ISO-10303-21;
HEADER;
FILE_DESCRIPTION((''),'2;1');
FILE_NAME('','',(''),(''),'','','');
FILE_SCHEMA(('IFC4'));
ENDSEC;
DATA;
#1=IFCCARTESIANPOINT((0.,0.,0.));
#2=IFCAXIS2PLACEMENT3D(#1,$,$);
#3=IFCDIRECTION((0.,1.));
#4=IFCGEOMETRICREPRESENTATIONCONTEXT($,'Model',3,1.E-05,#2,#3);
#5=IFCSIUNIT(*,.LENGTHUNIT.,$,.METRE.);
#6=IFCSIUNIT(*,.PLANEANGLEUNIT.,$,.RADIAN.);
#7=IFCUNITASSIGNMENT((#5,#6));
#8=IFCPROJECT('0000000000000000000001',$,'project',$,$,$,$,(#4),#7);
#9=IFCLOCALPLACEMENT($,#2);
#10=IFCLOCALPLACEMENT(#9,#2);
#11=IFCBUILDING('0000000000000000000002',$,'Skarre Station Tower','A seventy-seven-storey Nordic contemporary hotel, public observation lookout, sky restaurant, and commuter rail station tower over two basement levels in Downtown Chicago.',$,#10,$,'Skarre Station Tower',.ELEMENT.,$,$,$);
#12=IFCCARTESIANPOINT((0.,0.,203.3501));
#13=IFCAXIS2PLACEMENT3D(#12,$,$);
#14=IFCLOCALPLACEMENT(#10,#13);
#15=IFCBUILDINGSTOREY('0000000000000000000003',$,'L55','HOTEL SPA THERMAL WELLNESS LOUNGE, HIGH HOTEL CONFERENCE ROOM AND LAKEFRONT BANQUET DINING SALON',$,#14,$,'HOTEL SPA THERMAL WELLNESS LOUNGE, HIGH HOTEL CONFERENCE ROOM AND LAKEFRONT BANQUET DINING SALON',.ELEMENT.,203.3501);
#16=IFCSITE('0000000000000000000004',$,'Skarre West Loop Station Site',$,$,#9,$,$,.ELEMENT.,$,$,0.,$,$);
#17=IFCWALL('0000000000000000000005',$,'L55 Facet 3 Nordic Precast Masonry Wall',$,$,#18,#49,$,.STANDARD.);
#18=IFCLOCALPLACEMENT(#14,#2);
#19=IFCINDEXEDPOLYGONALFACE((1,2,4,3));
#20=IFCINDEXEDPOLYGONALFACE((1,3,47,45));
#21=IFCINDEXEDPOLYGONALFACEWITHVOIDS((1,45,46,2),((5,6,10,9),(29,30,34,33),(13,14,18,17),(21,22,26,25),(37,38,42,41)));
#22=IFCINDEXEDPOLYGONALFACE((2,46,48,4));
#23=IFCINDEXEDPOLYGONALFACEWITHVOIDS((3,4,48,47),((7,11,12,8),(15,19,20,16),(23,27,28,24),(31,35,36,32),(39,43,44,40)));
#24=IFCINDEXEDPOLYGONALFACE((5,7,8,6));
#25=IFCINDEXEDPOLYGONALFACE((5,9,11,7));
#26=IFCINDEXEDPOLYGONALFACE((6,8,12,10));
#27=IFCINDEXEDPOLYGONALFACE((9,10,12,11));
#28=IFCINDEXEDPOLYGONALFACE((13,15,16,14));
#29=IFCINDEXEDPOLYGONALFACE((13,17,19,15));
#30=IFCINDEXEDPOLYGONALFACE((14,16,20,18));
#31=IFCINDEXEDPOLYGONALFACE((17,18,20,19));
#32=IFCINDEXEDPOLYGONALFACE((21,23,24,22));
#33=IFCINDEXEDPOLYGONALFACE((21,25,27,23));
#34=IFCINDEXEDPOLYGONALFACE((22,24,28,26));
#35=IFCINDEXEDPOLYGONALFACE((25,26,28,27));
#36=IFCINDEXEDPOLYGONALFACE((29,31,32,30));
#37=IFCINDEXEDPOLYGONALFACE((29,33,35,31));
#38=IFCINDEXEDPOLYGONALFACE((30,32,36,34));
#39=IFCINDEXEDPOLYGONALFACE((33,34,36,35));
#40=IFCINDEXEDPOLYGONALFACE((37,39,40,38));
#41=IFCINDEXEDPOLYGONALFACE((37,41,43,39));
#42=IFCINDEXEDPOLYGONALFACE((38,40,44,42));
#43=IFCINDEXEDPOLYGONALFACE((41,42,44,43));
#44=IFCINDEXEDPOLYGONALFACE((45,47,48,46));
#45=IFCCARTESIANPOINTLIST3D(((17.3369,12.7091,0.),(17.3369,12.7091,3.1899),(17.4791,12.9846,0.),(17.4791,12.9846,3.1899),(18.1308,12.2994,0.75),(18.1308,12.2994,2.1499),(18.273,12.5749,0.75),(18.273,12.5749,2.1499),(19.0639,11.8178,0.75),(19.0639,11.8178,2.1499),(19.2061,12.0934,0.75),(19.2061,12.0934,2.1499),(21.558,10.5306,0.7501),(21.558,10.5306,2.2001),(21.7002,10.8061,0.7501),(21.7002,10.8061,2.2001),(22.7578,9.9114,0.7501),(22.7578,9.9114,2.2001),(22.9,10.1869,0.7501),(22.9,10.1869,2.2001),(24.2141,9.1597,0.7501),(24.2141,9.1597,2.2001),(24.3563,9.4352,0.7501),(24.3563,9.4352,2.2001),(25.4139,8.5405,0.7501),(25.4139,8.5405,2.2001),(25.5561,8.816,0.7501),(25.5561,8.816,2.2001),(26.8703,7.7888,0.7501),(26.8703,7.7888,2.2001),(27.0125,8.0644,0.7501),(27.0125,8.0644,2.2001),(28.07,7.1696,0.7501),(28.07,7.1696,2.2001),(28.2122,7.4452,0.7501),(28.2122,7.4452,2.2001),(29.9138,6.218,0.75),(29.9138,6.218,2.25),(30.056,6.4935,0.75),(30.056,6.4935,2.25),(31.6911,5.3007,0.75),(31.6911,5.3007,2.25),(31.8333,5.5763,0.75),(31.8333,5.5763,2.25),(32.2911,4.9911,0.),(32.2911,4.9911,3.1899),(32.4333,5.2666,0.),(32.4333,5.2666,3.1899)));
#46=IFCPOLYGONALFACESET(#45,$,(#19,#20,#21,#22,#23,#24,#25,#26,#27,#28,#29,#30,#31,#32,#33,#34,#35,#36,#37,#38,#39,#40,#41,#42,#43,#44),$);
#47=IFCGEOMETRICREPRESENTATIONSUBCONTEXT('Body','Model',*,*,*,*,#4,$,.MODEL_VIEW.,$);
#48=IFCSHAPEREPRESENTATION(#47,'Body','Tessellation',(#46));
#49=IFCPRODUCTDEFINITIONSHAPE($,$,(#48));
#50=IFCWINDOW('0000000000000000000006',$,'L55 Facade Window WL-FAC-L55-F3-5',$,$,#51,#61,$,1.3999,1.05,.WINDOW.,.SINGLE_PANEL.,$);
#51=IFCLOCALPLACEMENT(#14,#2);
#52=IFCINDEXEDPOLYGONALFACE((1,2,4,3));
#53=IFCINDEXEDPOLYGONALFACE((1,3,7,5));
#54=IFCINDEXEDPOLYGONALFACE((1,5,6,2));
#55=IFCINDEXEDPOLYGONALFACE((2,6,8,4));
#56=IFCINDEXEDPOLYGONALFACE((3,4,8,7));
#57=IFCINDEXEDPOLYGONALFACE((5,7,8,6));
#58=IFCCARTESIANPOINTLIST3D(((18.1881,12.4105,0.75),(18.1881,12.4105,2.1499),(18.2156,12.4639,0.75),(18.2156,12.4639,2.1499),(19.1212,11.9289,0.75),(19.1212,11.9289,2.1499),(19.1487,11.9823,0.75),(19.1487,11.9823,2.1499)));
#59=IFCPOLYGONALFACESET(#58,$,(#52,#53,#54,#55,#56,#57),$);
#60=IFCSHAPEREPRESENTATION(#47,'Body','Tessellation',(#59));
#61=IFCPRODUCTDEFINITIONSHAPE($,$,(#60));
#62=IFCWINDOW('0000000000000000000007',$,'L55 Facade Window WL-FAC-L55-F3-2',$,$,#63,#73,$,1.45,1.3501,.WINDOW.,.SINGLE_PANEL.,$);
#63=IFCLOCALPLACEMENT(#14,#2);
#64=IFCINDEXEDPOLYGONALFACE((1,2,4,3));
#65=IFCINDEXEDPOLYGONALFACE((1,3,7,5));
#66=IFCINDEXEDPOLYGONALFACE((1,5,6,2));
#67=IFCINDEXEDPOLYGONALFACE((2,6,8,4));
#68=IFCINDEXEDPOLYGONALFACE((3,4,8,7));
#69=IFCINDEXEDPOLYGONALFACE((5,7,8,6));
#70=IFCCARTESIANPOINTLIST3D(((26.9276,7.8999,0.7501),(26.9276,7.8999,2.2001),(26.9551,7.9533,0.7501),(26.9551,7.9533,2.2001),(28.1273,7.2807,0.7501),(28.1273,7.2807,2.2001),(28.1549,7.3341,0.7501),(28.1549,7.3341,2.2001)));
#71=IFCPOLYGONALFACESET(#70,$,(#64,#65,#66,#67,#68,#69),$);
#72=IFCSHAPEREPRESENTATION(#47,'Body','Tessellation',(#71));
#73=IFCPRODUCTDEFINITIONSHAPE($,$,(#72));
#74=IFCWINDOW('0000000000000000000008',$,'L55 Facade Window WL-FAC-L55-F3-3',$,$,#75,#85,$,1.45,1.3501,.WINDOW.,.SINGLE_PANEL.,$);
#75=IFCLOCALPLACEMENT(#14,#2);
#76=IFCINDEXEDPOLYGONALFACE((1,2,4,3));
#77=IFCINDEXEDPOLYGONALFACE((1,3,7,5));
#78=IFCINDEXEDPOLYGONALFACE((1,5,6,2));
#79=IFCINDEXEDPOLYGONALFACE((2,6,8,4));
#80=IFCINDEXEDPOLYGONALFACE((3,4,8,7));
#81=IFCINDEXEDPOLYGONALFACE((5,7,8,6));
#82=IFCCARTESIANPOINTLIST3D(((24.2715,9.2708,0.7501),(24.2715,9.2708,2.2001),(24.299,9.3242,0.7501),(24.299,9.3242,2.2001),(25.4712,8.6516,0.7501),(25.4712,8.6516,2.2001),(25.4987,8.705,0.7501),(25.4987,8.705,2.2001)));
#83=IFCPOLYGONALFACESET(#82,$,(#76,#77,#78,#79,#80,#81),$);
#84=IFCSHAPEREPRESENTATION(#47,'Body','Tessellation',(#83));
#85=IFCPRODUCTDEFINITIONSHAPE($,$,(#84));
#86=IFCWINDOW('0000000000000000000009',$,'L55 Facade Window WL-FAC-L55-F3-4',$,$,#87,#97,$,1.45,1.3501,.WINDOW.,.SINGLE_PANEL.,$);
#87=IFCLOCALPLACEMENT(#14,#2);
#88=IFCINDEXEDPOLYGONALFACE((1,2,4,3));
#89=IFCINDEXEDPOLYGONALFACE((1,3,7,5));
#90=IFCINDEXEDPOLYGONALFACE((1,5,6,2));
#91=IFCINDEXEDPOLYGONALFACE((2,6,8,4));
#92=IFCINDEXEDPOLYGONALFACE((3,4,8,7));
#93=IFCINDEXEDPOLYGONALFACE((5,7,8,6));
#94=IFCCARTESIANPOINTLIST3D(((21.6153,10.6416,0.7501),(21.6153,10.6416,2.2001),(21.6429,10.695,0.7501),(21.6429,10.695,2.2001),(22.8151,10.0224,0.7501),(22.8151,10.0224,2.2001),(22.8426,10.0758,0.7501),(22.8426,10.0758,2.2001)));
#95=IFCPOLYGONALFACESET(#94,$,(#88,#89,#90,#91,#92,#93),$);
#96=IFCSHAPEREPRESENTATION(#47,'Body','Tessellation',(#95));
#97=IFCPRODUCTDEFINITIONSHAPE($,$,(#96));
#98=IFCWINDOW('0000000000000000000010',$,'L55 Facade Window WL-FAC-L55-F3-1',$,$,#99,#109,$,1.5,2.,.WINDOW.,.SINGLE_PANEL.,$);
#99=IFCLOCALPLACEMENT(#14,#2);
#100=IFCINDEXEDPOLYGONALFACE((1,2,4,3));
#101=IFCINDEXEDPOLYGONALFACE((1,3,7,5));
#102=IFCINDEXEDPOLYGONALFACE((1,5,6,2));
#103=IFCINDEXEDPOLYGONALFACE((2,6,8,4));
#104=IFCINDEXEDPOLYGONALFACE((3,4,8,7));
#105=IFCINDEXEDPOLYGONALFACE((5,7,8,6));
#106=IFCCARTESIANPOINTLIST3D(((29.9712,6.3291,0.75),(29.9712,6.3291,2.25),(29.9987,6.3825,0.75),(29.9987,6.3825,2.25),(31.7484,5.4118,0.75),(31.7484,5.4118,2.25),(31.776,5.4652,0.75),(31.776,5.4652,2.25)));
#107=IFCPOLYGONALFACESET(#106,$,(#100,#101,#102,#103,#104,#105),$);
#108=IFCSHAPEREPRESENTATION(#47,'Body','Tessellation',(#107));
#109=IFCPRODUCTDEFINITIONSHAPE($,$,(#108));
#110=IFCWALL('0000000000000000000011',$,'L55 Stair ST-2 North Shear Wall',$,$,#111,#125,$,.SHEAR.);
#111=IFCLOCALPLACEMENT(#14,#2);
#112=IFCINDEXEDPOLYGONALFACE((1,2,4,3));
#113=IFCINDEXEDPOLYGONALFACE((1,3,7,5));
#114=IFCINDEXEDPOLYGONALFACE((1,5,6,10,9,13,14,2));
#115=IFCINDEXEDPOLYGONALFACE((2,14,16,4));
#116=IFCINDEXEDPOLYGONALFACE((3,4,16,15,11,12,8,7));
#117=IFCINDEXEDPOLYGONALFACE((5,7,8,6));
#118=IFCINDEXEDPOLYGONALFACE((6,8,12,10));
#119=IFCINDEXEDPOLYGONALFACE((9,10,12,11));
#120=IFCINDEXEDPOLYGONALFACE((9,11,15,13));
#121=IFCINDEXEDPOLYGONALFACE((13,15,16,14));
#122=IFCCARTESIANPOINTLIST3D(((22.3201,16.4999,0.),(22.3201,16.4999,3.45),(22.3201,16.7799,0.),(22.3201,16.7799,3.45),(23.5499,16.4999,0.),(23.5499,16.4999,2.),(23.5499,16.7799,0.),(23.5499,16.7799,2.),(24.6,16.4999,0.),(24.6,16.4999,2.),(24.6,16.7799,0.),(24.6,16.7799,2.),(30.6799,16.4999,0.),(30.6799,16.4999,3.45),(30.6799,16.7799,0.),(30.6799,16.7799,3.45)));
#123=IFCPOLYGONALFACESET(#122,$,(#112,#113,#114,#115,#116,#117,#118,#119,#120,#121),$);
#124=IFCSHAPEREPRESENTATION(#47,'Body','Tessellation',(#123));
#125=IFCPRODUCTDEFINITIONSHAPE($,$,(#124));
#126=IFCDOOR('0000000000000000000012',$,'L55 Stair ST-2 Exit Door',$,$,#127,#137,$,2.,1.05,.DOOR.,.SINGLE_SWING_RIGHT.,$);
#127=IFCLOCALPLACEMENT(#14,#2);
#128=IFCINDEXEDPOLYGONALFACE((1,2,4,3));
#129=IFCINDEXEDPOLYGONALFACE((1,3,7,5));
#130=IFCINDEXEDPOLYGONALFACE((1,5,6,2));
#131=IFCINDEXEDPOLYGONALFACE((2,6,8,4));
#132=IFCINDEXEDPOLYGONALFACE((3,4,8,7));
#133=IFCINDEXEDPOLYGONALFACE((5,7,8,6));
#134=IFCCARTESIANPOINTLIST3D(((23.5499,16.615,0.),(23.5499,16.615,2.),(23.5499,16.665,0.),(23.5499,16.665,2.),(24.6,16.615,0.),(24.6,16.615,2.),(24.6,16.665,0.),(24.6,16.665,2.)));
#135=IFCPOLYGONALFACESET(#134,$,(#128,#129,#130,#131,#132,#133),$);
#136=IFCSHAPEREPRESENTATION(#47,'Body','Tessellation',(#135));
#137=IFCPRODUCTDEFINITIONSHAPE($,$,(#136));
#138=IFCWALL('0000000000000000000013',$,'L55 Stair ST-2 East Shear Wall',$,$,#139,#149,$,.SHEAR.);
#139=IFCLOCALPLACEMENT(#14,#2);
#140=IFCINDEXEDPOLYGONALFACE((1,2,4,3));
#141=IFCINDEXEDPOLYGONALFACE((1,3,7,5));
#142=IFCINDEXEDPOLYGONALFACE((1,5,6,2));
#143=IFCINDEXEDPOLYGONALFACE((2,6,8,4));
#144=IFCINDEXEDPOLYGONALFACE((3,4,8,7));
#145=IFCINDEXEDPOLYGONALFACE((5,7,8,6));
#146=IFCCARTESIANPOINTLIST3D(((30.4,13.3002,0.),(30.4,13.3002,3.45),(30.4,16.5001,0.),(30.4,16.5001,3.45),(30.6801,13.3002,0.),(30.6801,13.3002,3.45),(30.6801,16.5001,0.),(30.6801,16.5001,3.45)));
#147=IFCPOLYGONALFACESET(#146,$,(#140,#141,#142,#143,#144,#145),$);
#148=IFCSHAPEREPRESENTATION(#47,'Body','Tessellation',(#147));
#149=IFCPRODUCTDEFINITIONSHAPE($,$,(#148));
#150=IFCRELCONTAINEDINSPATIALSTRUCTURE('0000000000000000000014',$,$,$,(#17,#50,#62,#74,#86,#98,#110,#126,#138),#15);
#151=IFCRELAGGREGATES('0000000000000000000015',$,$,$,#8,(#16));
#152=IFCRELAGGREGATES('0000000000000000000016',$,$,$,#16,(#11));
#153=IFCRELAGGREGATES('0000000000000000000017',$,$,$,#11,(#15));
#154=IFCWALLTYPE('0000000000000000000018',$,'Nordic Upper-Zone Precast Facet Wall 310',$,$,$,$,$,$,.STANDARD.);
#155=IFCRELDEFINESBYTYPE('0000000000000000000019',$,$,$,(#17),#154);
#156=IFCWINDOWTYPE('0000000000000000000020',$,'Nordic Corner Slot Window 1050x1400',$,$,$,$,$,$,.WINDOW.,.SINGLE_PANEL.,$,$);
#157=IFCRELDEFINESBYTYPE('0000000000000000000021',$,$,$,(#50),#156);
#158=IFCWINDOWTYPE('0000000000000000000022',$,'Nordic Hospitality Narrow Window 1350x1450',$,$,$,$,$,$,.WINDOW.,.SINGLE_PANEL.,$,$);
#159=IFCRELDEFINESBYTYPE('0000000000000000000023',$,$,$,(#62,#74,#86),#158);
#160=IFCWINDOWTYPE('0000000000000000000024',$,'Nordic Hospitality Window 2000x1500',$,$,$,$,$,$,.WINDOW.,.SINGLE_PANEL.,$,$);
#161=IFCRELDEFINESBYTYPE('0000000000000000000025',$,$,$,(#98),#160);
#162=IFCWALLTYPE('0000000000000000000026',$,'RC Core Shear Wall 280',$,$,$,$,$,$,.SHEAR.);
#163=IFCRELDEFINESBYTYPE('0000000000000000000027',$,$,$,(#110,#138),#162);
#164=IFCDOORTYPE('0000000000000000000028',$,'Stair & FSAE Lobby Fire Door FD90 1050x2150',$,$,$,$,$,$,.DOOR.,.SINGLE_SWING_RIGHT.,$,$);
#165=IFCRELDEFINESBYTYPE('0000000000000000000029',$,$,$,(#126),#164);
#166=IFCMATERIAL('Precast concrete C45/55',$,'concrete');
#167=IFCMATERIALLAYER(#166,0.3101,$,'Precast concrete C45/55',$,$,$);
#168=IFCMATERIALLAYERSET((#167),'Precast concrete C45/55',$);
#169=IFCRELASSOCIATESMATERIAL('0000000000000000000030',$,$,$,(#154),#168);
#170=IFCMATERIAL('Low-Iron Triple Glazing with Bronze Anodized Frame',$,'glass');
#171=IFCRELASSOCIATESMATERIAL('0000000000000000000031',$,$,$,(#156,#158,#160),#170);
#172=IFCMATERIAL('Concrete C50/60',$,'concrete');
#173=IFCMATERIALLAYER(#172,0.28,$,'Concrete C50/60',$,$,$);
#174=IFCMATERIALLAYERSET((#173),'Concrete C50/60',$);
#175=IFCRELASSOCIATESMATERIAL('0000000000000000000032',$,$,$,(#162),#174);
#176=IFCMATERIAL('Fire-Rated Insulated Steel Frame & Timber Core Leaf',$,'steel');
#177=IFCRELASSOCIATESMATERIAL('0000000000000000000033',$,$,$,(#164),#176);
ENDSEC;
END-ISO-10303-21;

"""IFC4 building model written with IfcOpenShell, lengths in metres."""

from ifc_helpers import new_model, si_unit, direction, frame, frame_2d, origin, place, context, subcontext, project, spatial, rectangle, extrude, material, layer, layer_set, type_object, element, fill, save


model = new_model("IFC4")

# Units and contexts
model_context = context("Model", 3, precision=1e-05, world=origin(), true_north=direction((0.0, 1.0)))
body_context = subcontext(model_context, "Body", "Model", "MODEL_VIEW")
ifc_project = project(units=[si_unit("LENGTHUNIT", "METRE"), si_unit("PLANEANGLEUNIT", "RADIAN")], contexts=[model_context])

# Site, building, storey
site_placement = place(None, origin())
site = spatial("IfcSite", under=ifc_project, at=site_placement, Name="Skarre West Loop Station Site", CompositionType="ELEMENT", RefElevation=0.0)
building_placement = place(site_placement, origin())
building = spatial("IfcBuilding", under=site, at=building_placement, Name="Skarre Station Tower", Description="A seventy-seven-storey Nordic contemporary hotel, public observation lookout, sky restaurant, and commuter rail station tower over two basement levels in Downtown Chicago.", LongName="Skarre Station Tower", CompositionType="ELEMENT")
storey_placement = place(building_placement, frame((0.0, 0.0, 203.3501)))
storey = spatial("IfcBuildingStorey", under=building, at=storey_placement, Name="L55", Description="HOTEL SPA THERMAL WELLNESS LOUNGE, HIGH HOTEL CONFERENCE ROOM AND LAKEFRONT BANQUET DINING SALON", LongName="HOTEL SPA THERMAL WELLNESS LOUNGE, HIGH HOTEL CONFERENCE ROOM AND LAKEFRONT BANQUET DINING SALON", CompositionType="ELEMENT", Elevation=203.3501)

# Shared definitions
ifc_material_1 = material(Name="Concrete C50/60", Category="concrete")

# Shared definitions
ifc_material_2 = material(Name="Precast concrete C45/55", Category="concrete")

# Wall, openings, windows
ifc_layer_1 = layer(ifc_material_2, 0.3101, Name="Precast concrete C45/55")
ifc_layer_set_1 = layer_set([ifc_layer_1], Name="Precast concrete C45/55")
wall_type_1 = type_object("IfcWallType", Name="Nordic Upper-Zone Precast Facet Wall 310", PredefinedType="STANDARD", material=ifc_layer_set_1)
wall_1_placement = place(storey_placement, frame((32.3621, 5.1289, 0.0), z_axis=(0.0, 0.0, 1.0), x_axis=(-0.888626, 0.458632, 0.0)))
wall_1 = element("IfcWall", 1, at=wall_1_placement, inside=storey, type_object=wall_type_1, Name="L55 Facet 3 Nordic Precast Masonry Wall", PredefinedType="STANDARD", context=body_context, shape_type="SweptSolid", body=[
    extrude(rectangle(XDim=16.8284, YDim=0.3101, at=frame_2d((8.4141, 0.0))), origin(), (0.0, 0.0, 1.0), 3.1899),
])
opening_1_placement = place(wall_1_placement, frame((0.675, 0.0, 0.75)))
opening_1 = element("IfcOpeningElement", 2, at=opening_1_placement, cuts=wall_1, PredefinedType="OPENING", context=body_context, shape_type="SweptSolid", body=[
    extrude(rectangle(XDim=2.0, YDim=1.5, at=frame_2d((1.0, 0.75))), frame((0.0, 0.165, 0.0), z_axis=(0.0, -1.0, 0.0), x_axis=(1.0, 0.0, 0.0)), (0.0, 0.0, 1.0), 0.3301),
])
opening_2_placement = place(wall_1_placement, frame((4.75, 0.0, 0.75)))
opening_2 = element("IfcOpeningElement", 3, at=opening_2_placement, cuts=wall_1, PredefinedType="OPENING", context=body_context, shape_type="SweptSolid", body=[
    extrude(rectangle(XDim=1.3501, YDim=1.45, at=frame_2d((0.675, 0.7251))), frame((0.0, 0.165, 0.0), z_axis=(0.0, -1.0, 0.0), x_axis=(1.0, 0.0, 0.0)), (0.0, 0.0, 1.0), 0.3301),
])
opening_3_placement = place(wall_1_placement, frame((7.739, 0.0, 0.75)))
opening_3 = element("IfcOpeningElement", 4, at=opening_3_placement, cuts=wall_1, PredefinedType="OPENING", context=body_context, shape_type="SweptSolid", body=[
    extrude(rectangle(XDim=1.3501, YDim=1.45, at=frame_2d((0.675, 0.7251))), frame((0.0, 0.165, 0.0), z_axis=(0.0, -1.0, 0.0), x_axis=(1.0, 0.0, 0.0)), (0.0, 0.0, 1.0), 0.3301),
])
opening_4_placement = place(wall_1_placement, frame((10.728, 0.0, 0.75)))
opening_4 = element("IfcOpeningElement", 5, at=opening_4_placement, cuts=wall_1, PredefinedType="OPENING", context=body_context, shape_type="SweptSolid", body=[
    extrude(rectangle(XDim=1.3501, YDim=1.45, at=frame_2d((0.675, 0.7251))), frame((0.0, 0.165, 0.0), z_axis=(0.0, -1.0, 0.0), x_axis=(1.0, 0.0, 0.0)), (0.0, 0.0, 1.0), 0.3301),
])
opening_5_placement = place(wall_1_placement, frame((14.885, 0.0, 0.75)))
opening_5 = element("IfcOpeningElement", 6, at=opening_5_placement, cuts=wall_1, PredefinedType="OPENING", context=body_context, shape_type="SweptSolid", body=[
    extrude(rectangle(XDim=1.05, YDim=1.3999, at=frame_2d((0.5249, 0.7))), frame((0.0, 0.165, 0.0), z_axis=(0.0, -1.0, 0.0), x_axis=(1.0, 0.0, 0.0)), (0.0, 0.0, 1.0), 0.3301),
])
ifc_material_3 = material(Name="Low-Iron Triple Glazing with Bronze Anodized Frame", Category="glass")
window_type_1 = type_object("IfcWindowType", Name="Nordic Corner Slot Window 1050x1400", PartitioningType="SINGLE_PANEL", PredefinedType="WINDOW", material=ifc_material_3)
window_1_placement = place(opening_5_placement, origin())
window_1 = element("IfcWindow", 7, at=window_1_placement, inside=storey, type_object=window_type_1, Name="L55 Facade Window WL-FAC-L55-F3-5", OverallHeight=1.3999, OverallWidth=1.05, PartitioningType="SINGLE_PANEL", PredefinedType="WINDOW", context=body_context, shape_type="SweptSolid", body=[
    extrude(rectangle(XDim=1.05, YDim=1.3999, at=frame_2d((0.5249, 0.7))), frame((0.0, 0.03, 0.0), z_axis=(0.0, -1.0, 0.0), x_axis=(1.0, 0.0, 0.0)), (0.0, 0.0, 1.0), 0.0601),
])
fill(opening_5, window_1)
window_type_2 = type_object("IfcWindowType", Name="Nordic Hospitality Narrow Window 1350x1450", PartitioningType="SINGLE_PANEL", PredefinedType="WINDOW", material=ifc_material_3)
window_2_placement = place(opening_2_placement, origin())
window_2 = element("IfcWindow", 8, at=window_2_placement, inside=storey, type_object=window_type_2, Name="L55 Facade Window WL-FAC-L55-F3-2", OverallHeight=1.45, OverallWidth=1.3501, PartitioningType="SINGLE_PANEL", PredefinedType="WINDOW", context=body_context, shape_type="SweptSolid", body=[
    extrude(rectangle(XDim=1.3501, YDim=1.45, at=frame_2d((0.675, 0.7251))), frame((0.0, 0.03, 0.0), z_axis=(0.0, -1.0, 0.0), x_axis=(1.0, 0.0, 0.0)), (0.0, 0.0, 1.0), 0.0601),
])
fill(opening_2, window_2)
window_3_placement = place(opening_3_placement, origin())
window_3 = element("IfcWindow", 9, at=window_3_placement, inside=storey, type_object=window_type_2, Name="L55 Facade Window WL-FAC-L55-F3-3", OverallHeight=1.45, OverallWidth=1.3501, PartitioningType="SINGLE_PANEL", PredefinedType="WINDOW", context=body_context, shape_type="SweptSolid", body=[
    extrude(rectangle(XDim=1.3501, YDim=1.45, at=frame_2d((0.675, 0.7251))), frame((0.0, 0.03, 0.0), z_axis=(0.0, -1.0, 0.0), x_axis=(1.0, 0.0, 0.0)), (0.0, 0.0, 1.0), 0.0601),
])
fill(opening_3, window_3)
window_4_placement = place(opening_4_placement, origin())
window_4 = element("IfcWindow", 10, at=window_4_placement, inside=storey, type_object=window_type_2, Name="L55 Facade Window WL-FAC-L55-F3-4", OverallHeight=1.45, OverallWidth=1.3501, PartitioningType="SINGLE_PANEL", PredefinedType="WINDOW", context=body_context, shape_type="SweptSolid", body=[
    extrude(rectangle(XDim=1.3501, YDim=1.45, at=frame_2d((0.675, 0.7251))), frame((0.0, 0.03, 0.0), z_axis=(0.0, -1.0, 0.0), x_axis=(1.0, 0.0, 0.0)), (0.0, 0.0, 1.0), 0.0601),
])
fill(opening_4, window_4)
window_type_3 = type_object("IfcWindowType", Name="Nordic Hospitality Window 2000x1500", PartitioningType="SINGLE_PANEL", PredefinedType="WINDOW", material=ifc_material_3)
window_5_placement = place(opening_1_placement, origin())
window_5 = element("IfcWindow", 11, at=window_5_placement, inside=storey, type_object=window_type_3, Name="L55 Facade Window WL-FAC-L55-F3-1", OverallHeight=1.5, OverallWidth=2.0, PartitioningType="SINGLE_PANEL", PredefinedType="WINDOW", context=body_context, shape_type="SweptSolid", body=[
    extrude(rectangle(XDim=2.0, YDim=1.5, at=frame_2d((1.0, 0.75))), frame((0.0, 0.03, 0.0), z_axis=(0.0, -1.0, 0.0), x_axis=(1.0, 0.0, 0.0)), (0.0, 0.0, 1.0), 0.0601),
])
fill(opening_1, window_5)

# Wall, opening, door
ifc_layer_2 = layer(ifc_material_1, 0.28, Name="Concrete C50/60")
ifc_layer_set_2 = layer_set([ifc_layer_2], Name="Concrete C50/60")
wall_type_2 = type_object("IfcWallType", Name="RC Core Shear Wall 280", PredefinedType="SHEAR", material=ifc_layer_set_2)
wall_2_placement = place(storey_placement, frame((30.6799, 16.6399, 0.0), z_axis=(0.0, 0.0, 1.0), x_axis=(-1.0, 0.0, 0.0)))
wall_2 = element("IfcWall", 12, at=wall_2_placement, inside=storey, type_object=wall_type_2, Name="L55 Stair ST-2 North Shear Wall", PredefinedType="SHEAR", context=body_context, shape_type="SweptSolid", body=[
    extrude(rectangle(XDim=8.3599, YDim=0.28, at=frame_2d((4.1799, 0.0))), origin(), (0.0, 0.0, 1.0), 3.45),
])
opening_6_placement = place(wall_2_placement, frame((6.0801, 0.0, 0.0)))
opening_6 = element("IfcOpeningElement", 13, at=opening_6_placement, cuts=wall_2, PredefinedType="OPENING", context=body_context, shape_type="SweptSolid", body=[
    extrude(rectangle(XDim=1.05, YDim=2.0, at=frame_2d((0.5249, 1.0))), frame((0.0, 0.1499, 0.0), z_axis=(0.0, -1.0, 0.0), x_axis=(1.0, 0.0, 0.0)), (0.0, 0.0, 1.0), 0.3),
])
ifc_material_4 = material(Name="Fire-Rated Insulated Steel Frame & Timber Core Leaf", Category="steel")
door_type_1 = type_object("IfcDoorType", Name="Stair & FSAE Lobby Fire Door FD90 1050x2150", OperationType="SINGLE_SWING_RIGHT", PredefinedType="DOOR", material=ifc_material_4)
door_1_placement = place(opening_6_placement, origin())
door_1 = element("IfcDoor", 14, at=door_1_placement, inside=storey, type_object=door_type_1, Name="L55 Stair ST-2 Exit Door", OperationType="SINGLE_SWING_RIGHT", OverallHeight=2.0, OverallWidth=1.05, PredefinedType="DOOR", context=body_context, shape_type="SweptSolid", body=[
    extrude(rectangle(XDim=1.05, YDim=2.0, at=frame_2d((0.5249, 1.0))), frame((0.0, 0.0249, 0.0), z_axis=(0.0, -1.0, 0.0), x_axis=(1.0, 0.0, 0.0)), (0.0, 0.0, 1.0), 0.05),
])
fill(opening_6, door_1)

# Wall
wall_3_placement = place(storey_placement, frame((30.54, 13.3, 0.0), z_axis=(0.0, 0.0, 1.0), x_axis=(0.0, 1.0, 0.0)))
element("IfcWall", 15, at=wall_3_placement, inside=storey, type_object=wall_type_2, Name="L55 Stair ST-2 East Shear Wall", PredefinedType="SHEAR", context=body_context, shape_type="SweptSolid", body=[
    extrude(rectangle(XDim=3.2, YDim=0.28, at=frame_2d((1.6001, 0.0))), origin(), (0.0, 0.0, 1.0), 3.45),
])

save(model, "model.ifc")
